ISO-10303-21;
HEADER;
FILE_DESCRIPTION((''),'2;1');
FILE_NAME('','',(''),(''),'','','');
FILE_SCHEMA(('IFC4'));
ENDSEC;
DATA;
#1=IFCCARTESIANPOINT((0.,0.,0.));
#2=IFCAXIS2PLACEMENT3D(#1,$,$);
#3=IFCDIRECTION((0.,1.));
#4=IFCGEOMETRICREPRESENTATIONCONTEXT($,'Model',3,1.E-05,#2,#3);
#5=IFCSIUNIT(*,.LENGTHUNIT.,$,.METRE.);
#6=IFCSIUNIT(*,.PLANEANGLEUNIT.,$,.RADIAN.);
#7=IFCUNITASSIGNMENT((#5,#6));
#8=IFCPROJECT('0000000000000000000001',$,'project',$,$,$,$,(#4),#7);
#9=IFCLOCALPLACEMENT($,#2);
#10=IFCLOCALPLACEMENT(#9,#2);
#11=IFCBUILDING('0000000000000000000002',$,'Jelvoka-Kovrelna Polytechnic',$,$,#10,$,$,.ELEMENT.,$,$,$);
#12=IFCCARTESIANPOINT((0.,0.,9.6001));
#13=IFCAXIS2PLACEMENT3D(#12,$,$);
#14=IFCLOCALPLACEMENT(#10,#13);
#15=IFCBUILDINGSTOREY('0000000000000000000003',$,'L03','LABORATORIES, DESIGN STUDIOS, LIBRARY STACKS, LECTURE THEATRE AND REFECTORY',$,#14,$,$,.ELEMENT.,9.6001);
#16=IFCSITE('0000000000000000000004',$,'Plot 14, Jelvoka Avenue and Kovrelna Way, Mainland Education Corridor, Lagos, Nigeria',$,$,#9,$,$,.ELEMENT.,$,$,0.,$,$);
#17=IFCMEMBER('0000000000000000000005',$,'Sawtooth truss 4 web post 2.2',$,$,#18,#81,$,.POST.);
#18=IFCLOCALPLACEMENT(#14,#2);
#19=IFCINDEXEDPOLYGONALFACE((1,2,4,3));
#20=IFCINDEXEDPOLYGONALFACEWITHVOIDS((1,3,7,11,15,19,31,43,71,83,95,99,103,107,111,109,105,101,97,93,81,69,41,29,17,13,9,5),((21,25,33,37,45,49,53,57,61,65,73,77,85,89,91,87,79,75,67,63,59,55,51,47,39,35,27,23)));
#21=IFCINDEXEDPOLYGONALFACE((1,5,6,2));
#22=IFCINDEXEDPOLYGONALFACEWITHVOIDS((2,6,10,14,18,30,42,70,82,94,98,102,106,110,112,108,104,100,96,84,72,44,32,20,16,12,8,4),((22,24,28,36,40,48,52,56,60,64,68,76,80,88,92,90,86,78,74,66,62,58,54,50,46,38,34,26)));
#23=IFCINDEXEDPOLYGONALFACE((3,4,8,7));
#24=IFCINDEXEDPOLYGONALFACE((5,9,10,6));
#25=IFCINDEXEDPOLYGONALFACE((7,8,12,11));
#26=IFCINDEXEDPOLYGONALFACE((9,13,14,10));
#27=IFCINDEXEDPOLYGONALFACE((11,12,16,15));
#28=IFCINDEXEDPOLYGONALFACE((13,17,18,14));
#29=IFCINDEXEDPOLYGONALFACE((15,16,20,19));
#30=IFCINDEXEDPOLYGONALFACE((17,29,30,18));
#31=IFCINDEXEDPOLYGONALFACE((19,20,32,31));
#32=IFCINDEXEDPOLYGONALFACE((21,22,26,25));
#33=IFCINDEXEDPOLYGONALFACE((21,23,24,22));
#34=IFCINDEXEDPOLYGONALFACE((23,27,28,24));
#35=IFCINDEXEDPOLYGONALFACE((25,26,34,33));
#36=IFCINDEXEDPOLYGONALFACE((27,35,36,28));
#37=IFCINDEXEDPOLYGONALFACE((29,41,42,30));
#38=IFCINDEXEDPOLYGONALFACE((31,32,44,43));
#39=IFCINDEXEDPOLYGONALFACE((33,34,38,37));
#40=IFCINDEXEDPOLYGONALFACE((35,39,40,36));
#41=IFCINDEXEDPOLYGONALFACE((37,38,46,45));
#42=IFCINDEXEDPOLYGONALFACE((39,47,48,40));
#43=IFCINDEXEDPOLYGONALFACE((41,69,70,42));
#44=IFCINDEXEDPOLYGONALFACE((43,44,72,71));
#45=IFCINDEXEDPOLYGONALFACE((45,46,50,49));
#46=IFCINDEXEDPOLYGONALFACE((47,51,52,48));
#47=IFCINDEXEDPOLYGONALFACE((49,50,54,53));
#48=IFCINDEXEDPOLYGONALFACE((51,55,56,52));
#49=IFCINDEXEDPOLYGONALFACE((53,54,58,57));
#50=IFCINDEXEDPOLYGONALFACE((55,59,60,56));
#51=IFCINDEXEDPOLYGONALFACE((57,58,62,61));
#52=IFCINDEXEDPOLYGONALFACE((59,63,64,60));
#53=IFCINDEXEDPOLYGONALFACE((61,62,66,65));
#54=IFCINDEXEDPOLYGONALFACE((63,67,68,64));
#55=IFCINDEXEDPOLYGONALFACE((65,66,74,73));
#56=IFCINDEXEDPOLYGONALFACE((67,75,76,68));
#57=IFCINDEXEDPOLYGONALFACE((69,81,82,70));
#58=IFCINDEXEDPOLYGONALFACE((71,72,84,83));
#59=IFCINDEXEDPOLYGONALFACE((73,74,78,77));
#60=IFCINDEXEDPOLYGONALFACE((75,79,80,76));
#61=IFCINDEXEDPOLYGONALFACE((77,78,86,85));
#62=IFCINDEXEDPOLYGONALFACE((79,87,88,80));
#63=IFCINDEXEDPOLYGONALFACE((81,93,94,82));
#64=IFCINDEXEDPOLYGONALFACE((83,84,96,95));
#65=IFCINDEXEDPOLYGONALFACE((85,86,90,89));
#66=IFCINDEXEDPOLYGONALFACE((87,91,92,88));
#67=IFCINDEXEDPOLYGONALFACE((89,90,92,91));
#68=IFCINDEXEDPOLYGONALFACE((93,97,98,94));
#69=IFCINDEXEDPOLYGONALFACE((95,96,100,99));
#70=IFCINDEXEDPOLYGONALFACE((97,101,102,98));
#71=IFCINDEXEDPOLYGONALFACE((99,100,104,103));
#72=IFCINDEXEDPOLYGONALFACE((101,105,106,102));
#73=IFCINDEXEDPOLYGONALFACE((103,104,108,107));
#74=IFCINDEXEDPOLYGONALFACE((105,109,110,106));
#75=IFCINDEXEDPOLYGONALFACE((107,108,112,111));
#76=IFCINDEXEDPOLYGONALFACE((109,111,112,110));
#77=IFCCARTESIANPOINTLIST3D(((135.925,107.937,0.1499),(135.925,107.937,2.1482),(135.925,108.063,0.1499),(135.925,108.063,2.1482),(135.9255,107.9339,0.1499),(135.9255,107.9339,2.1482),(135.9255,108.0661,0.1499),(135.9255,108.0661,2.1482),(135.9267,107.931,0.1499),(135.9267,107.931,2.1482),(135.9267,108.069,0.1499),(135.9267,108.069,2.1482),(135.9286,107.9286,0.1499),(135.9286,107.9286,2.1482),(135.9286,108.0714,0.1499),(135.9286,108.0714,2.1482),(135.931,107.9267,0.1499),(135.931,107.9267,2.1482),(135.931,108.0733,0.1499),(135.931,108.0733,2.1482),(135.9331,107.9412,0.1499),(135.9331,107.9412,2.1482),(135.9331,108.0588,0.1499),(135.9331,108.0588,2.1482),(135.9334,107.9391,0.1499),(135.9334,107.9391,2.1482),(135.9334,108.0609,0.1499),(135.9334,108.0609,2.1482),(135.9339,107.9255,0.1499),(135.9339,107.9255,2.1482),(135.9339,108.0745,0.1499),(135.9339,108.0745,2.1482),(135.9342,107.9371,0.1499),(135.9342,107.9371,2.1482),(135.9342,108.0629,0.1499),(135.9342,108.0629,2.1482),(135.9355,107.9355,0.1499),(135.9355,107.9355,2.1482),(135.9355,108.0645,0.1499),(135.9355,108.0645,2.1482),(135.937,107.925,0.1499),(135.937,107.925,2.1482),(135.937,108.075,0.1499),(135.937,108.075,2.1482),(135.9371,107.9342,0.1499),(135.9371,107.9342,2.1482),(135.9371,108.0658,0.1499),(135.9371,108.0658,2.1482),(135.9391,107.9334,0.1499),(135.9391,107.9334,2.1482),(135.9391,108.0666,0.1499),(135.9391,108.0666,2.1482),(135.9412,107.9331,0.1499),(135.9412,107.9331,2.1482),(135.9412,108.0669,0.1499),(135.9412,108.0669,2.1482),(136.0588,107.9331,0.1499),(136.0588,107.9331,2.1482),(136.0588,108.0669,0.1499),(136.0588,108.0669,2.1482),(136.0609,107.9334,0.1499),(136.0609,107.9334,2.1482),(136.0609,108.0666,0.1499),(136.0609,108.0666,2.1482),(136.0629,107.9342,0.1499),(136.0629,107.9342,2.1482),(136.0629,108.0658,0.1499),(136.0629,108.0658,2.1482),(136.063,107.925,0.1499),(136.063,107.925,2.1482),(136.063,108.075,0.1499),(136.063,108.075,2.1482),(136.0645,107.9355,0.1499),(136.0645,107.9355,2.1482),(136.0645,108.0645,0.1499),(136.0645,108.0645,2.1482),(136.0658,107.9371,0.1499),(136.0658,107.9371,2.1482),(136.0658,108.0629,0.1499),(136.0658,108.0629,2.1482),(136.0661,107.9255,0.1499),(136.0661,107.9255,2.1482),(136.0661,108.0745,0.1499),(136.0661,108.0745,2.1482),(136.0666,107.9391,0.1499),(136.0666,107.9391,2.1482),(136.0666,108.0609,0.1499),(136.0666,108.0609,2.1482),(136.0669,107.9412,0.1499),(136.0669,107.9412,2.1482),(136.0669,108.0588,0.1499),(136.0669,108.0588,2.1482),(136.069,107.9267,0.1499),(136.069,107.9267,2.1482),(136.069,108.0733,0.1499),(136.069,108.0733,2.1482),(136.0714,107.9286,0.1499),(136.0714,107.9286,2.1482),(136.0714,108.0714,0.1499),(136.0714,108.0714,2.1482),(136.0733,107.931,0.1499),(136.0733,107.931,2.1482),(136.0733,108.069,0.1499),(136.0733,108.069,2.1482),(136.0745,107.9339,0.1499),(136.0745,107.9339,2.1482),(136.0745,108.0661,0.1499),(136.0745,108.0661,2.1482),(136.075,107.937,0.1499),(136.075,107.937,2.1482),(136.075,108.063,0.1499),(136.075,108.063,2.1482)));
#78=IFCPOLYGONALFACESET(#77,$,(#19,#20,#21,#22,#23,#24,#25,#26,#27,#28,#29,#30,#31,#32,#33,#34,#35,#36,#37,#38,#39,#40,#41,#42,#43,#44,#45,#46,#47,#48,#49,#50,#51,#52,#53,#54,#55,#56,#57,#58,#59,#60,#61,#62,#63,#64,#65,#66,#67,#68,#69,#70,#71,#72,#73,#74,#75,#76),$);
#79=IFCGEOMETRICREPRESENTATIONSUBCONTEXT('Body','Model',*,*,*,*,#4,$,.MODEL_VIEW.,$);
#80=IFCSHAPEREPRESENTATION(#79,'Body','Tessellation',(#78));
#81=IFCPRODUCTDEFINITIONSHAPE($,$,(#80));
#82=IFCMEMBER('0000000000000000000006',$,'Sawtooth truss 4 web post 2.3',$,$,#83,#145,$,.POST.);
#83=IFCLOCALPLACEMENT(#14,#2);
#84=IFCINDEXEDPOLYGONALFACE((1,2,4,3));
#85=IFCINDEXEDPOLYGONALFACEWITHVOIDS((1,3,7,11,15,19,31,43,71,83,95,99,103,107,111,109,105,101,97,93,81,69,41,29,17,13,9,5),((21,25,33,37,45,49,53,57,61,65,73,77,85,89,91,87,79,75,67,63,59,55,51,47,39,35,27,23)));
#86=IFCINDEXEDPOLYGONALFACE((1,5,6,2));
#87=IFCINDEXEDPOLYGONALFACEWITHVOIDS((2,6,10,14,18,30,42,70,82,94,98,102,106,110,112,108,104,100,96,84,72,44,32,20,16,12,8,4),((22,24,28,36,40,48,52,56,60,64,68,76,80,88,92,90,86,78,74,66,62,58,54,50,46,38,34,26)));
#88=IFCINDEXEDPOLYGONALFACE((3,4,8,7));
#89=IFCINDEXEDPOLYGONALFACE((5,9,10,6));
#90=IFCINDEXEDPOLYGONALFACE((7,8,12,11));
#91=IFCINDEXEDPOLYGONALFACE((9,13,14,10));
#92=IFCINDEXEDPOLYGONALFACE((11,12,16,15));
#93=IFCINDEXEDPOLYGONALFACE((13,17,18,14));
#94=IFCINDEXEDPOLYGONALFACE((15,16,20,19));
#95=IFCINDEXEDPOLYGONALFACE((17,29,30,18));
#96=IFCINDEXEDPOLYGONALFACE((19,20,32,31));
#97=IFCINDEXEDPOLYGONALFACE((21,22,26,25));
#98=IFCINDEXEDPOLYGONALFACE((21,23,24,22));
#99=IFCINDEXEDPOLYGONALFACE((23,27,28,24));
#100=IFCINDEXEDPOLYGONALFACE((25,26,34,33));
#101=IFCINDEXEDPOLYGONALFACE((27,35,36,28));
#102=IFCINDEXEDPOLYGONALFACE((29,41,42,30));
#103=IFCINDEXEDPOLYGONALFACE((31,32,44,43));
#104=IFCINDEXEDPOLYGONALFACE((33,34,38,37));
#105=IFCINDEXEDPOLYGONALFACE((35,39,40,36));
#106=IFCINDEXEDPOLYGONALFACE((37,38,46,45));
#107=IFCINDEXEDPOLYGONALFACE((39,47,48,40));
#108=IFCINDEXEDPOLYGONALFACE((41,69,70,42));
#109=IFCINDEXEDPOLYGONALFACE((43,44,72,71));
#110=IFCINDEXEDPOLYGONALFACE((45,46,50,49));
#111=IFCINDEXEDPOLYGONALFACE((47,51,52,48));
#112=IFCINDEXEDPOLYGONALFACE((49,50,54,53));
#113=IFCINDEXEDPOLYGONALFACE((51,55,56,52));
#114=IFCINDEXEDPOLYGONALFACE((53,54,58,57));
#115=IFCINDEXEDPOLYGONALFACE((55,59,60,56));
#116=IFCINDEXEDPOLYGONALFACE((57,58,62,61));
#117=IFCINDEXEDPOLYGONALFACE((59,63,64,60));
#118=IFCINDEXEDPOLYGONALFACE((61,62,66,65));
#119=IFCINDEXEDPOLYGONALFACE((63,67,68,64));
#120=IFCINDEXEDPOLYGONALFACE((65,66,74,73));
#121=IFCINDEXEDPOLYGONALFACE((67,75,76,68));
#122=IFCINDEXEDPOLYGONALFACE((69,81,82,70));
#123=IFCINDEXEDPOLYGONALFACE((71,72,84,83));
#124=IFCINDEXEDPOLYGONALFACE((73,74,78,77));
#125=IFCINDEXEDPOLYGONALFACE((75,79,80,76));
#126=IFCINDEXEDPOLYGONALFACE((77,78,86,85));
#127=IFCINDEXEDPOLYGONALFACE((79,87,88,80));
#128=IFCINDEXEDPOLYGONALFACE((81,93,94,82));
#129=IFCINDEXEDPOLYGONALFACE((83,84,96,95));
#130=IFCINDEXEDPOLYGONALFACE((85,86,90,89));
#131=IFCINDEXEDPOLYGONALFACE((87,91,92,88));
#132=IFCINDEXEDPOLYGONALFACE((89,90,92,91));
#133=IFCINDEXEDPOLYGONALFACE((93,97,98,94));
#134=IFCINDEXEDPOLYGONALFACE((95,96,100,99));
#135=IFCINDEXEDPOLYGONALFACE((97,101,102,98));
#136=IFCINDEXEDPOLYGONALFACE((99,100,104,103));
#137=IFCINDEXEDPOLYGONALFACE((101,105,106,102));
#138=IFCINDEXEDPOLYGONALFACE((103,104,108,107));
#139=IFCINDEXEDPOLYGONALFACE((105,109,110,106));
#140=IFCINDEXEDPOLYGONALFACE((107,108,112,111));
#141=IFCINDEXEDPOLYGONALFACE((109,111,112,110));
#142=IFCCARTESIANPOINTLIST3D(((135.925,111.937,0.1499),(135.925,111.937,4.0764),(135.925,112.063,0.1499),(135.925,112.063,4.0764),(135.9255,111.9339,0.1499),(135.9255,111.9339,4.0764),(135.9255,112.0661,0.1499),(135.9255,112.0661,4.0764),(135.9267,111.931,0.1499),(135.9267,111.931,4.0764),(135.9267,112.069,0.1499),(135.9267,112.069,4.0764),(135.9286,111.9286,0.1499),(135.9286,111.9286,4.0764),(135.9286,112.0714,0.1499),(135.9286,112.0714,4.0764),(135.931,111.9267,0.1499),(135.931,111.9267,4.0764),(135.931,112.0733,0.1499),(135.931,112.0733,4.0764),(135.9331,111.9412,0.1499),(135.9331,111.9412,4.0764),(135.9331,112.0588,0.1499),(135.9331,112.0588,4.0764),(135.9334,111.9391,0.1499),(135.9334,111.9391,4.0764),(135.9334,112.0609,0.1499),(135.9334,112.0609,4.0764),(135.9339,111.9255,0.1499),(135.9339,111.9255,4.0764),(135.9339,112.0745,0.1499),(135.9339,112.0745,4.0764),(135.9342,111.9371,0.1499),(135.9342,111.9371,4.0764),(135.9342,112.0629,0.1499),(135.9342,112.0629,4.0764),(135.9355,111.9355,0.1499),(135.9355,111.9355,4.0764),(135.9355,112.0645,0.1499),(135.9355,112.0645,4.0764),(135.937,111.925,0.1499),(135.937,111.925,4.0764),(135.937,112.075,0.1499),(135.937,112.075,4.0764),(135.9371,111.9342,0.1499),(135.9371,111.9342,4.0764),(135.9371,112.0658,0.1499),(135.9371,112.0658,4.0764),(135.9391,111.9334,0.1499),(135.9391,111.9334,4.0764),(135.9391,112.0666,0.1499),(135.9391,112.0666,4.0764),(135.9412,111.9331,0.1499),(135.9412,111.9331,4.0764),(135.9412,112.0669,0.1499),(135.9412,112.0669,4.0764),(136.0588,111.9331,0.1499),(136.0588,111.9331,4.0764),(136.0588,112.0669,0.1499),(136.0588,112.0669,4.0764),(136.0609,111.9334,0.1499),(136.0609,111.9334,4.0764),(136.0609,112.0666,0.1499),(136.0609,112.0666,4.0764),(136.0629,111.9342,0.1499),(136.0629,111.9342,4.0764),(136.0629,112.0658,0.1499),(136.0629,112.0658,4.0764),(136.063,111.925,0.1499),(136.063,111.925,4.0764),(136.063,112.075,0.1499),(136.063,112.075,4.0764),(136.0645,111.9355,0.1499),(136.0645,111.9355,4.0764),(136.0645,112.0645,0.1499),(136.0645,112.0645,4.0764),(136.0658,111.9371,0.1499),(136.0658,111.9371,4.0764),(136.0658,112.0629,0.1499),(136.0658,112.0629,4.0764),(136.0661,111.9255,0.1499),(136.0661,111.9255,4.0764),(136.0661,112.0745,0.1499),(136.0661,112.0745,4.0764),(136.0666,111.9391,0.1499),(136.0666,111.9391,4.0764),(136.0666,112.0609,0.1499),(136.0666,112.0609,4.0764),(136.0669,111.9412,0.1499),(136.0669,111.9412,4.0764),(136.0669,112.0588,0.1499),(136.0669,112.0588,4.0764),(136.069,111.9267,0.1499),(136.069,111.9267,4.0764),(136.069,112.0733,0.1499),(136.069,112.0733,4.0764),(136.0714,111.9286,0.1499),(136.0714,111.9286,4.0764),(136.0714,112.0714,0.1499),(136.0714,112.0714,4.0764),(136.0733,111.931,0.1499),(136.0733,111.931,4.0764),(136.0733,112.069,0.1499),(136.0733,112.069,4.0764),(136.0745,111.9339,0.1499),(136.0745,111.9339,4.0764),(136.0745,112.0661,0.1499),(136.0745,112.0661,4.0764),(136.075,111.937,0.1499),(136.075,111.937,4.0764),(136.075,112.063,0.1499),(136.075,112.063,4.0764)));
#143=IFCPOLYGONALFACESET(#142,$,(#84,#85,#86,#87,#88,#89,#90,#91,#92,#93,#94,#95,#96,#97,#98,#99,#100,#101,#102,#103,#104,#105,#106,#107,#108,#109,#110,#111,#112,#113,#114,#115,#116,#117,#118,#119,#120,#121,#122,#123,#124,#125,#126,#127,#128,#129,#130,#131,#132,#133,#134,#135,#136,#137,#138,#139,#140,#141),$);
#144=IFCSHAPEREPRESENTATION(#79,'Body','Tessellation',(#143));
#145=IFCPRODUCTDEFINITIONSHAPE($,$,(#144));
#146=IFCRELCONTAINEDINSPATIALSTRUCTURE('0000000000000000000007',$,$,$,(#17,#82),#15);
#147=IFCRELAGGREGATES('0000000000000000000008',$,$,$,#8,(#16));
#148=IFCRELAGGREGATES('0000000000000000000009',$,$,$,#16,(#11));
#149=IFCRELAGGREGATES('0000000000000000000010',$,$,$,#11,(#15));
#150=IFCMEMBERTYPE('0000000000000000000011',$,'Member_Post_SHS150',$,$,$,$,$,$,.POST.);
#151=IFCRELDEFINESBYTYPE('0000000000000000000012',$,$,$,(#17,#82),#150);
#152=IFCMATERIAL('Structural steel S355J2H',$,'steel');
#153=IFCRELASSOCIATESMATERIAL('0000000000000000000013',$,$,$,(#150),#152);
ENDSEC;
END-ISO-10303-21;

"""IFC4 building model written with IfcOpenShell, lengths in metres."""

from ifc_helpers import new_model, si_unit, direction, frame, origin, origin_2d, place, context, subcontext, project, spatial, hollow_rectangle, extrude, material, material_profile, profile_set, type_object, element, save


model = new_model("IFC4")

# Units and contexts
model_context = context("Model", 3, precision=1e-05, world=origin(), true_north=direction((0.0, 1.0)))
body_context = subcontext(model_context, "Body", "Model", "MODEL_VIEW")
ifc_project = project(units=[si_unit("LENGTHUNIT", "METRE"), si_unit("PLANEANGLEUNIT", "RADIAN")], contexts=[model_context])

# Site, building, storey
site_placement = place(None, origin())
site = spatial("IfcSite", under=ifc_project, at=site_placement, Name="Plot 14, Jelvoka Avenue and Kovrelna Way, Mainland Education Corridor, Lagos, Nigeria", CompositionType="ELEMENT", RefElevation=0.0)
building_placement = place(site_placement, origin())
building = spatial("IfcBuilding", under=site, at=building_placement, Name="Jelvoka-Kovrelna Polytechnic", CompositionType="ELEMENT")
storey_placement = place(building_placement, frame((0.0, 0.0, 9.6001)))
storey = spatial("IfcBuildingStorey", under=building, at=storey_placement, Name="L03", Description="LABORATORIES, DESIGN STUDIOS, LIBRARY STACKS, LECTURE THEATRE AND REFECTORY", CompositionType="ELEMENT", Elevation=9.6001)

# Members
ifc_material_1 = material(Name="Structural steel S355J2H", Category="steel")
ifc_material_profile_1 = material_profile(ifc_material_1, hollow_rectangle(XDim=0.1499, YDim=0.1499, WallThickness=0.0081, InnerFilletRadius=0.0081, OuterFilletRadius=0.012, at=origin_2d()), Name="150x150x8.0 SHS")
ifc_profile_set_1 = profile_set([ifc_material_profile_1], Name="Structural steel S355J2H")
member_type_1 = type_object("IfcMemberType", Name="Member_Post_SHS150", PredefinedType="POST", material=ifc_profile_set_1)
member_1_placement = place(storey_placement, frame((136.0, 108.0, 0.1499), z_axis=(0.0, 0.0, 1.0), x_axis=(1.0, 0.0, 0.0)))
element("IfcMember", 1, at=member_1_placement, inside=storey, type_object=member_type_1, Name="Sawtooth truss 4 web post 2.2", PredefinedType="POST", context=body_context, shape_type="SweptSolid", body=[
    extrude(hollow_rectangle(XDim=0.1499, YDim=0.1499, WallThickness=0.0081, InnerFilletRadius=0.0081, OuterFilletRadius=0.012, at=origin_2d()), origin(), (0.0, 0.0, 1.0), 1.9983),
])
member_2_placement = place(storey_placement, frame((136.0, 112.0, 0.1499), z_axis=(0.0, 0.0, 1.0), x_axis=(1.0, 0.0, 0.0)))
element("IfcMember", 2, at=member_2_placement, inside=storey, type_object=member_type_1, Name="Sawtooth truss 4 web post 2.3", PredefinedType="POST", context=body_context, shape_type="SweptSolid", body=[
    extrude(hollow_rectangle(XDim=0.1499, YDim=0.1499, WallThickness=0.0081, InnerFilletRadius=0.0081, OuterFilletRadius=0.012, at=origin_2d()), origin(), (0.0, 0.0, 1.0), 3.9265),
])

save(model, "model.ifc")
